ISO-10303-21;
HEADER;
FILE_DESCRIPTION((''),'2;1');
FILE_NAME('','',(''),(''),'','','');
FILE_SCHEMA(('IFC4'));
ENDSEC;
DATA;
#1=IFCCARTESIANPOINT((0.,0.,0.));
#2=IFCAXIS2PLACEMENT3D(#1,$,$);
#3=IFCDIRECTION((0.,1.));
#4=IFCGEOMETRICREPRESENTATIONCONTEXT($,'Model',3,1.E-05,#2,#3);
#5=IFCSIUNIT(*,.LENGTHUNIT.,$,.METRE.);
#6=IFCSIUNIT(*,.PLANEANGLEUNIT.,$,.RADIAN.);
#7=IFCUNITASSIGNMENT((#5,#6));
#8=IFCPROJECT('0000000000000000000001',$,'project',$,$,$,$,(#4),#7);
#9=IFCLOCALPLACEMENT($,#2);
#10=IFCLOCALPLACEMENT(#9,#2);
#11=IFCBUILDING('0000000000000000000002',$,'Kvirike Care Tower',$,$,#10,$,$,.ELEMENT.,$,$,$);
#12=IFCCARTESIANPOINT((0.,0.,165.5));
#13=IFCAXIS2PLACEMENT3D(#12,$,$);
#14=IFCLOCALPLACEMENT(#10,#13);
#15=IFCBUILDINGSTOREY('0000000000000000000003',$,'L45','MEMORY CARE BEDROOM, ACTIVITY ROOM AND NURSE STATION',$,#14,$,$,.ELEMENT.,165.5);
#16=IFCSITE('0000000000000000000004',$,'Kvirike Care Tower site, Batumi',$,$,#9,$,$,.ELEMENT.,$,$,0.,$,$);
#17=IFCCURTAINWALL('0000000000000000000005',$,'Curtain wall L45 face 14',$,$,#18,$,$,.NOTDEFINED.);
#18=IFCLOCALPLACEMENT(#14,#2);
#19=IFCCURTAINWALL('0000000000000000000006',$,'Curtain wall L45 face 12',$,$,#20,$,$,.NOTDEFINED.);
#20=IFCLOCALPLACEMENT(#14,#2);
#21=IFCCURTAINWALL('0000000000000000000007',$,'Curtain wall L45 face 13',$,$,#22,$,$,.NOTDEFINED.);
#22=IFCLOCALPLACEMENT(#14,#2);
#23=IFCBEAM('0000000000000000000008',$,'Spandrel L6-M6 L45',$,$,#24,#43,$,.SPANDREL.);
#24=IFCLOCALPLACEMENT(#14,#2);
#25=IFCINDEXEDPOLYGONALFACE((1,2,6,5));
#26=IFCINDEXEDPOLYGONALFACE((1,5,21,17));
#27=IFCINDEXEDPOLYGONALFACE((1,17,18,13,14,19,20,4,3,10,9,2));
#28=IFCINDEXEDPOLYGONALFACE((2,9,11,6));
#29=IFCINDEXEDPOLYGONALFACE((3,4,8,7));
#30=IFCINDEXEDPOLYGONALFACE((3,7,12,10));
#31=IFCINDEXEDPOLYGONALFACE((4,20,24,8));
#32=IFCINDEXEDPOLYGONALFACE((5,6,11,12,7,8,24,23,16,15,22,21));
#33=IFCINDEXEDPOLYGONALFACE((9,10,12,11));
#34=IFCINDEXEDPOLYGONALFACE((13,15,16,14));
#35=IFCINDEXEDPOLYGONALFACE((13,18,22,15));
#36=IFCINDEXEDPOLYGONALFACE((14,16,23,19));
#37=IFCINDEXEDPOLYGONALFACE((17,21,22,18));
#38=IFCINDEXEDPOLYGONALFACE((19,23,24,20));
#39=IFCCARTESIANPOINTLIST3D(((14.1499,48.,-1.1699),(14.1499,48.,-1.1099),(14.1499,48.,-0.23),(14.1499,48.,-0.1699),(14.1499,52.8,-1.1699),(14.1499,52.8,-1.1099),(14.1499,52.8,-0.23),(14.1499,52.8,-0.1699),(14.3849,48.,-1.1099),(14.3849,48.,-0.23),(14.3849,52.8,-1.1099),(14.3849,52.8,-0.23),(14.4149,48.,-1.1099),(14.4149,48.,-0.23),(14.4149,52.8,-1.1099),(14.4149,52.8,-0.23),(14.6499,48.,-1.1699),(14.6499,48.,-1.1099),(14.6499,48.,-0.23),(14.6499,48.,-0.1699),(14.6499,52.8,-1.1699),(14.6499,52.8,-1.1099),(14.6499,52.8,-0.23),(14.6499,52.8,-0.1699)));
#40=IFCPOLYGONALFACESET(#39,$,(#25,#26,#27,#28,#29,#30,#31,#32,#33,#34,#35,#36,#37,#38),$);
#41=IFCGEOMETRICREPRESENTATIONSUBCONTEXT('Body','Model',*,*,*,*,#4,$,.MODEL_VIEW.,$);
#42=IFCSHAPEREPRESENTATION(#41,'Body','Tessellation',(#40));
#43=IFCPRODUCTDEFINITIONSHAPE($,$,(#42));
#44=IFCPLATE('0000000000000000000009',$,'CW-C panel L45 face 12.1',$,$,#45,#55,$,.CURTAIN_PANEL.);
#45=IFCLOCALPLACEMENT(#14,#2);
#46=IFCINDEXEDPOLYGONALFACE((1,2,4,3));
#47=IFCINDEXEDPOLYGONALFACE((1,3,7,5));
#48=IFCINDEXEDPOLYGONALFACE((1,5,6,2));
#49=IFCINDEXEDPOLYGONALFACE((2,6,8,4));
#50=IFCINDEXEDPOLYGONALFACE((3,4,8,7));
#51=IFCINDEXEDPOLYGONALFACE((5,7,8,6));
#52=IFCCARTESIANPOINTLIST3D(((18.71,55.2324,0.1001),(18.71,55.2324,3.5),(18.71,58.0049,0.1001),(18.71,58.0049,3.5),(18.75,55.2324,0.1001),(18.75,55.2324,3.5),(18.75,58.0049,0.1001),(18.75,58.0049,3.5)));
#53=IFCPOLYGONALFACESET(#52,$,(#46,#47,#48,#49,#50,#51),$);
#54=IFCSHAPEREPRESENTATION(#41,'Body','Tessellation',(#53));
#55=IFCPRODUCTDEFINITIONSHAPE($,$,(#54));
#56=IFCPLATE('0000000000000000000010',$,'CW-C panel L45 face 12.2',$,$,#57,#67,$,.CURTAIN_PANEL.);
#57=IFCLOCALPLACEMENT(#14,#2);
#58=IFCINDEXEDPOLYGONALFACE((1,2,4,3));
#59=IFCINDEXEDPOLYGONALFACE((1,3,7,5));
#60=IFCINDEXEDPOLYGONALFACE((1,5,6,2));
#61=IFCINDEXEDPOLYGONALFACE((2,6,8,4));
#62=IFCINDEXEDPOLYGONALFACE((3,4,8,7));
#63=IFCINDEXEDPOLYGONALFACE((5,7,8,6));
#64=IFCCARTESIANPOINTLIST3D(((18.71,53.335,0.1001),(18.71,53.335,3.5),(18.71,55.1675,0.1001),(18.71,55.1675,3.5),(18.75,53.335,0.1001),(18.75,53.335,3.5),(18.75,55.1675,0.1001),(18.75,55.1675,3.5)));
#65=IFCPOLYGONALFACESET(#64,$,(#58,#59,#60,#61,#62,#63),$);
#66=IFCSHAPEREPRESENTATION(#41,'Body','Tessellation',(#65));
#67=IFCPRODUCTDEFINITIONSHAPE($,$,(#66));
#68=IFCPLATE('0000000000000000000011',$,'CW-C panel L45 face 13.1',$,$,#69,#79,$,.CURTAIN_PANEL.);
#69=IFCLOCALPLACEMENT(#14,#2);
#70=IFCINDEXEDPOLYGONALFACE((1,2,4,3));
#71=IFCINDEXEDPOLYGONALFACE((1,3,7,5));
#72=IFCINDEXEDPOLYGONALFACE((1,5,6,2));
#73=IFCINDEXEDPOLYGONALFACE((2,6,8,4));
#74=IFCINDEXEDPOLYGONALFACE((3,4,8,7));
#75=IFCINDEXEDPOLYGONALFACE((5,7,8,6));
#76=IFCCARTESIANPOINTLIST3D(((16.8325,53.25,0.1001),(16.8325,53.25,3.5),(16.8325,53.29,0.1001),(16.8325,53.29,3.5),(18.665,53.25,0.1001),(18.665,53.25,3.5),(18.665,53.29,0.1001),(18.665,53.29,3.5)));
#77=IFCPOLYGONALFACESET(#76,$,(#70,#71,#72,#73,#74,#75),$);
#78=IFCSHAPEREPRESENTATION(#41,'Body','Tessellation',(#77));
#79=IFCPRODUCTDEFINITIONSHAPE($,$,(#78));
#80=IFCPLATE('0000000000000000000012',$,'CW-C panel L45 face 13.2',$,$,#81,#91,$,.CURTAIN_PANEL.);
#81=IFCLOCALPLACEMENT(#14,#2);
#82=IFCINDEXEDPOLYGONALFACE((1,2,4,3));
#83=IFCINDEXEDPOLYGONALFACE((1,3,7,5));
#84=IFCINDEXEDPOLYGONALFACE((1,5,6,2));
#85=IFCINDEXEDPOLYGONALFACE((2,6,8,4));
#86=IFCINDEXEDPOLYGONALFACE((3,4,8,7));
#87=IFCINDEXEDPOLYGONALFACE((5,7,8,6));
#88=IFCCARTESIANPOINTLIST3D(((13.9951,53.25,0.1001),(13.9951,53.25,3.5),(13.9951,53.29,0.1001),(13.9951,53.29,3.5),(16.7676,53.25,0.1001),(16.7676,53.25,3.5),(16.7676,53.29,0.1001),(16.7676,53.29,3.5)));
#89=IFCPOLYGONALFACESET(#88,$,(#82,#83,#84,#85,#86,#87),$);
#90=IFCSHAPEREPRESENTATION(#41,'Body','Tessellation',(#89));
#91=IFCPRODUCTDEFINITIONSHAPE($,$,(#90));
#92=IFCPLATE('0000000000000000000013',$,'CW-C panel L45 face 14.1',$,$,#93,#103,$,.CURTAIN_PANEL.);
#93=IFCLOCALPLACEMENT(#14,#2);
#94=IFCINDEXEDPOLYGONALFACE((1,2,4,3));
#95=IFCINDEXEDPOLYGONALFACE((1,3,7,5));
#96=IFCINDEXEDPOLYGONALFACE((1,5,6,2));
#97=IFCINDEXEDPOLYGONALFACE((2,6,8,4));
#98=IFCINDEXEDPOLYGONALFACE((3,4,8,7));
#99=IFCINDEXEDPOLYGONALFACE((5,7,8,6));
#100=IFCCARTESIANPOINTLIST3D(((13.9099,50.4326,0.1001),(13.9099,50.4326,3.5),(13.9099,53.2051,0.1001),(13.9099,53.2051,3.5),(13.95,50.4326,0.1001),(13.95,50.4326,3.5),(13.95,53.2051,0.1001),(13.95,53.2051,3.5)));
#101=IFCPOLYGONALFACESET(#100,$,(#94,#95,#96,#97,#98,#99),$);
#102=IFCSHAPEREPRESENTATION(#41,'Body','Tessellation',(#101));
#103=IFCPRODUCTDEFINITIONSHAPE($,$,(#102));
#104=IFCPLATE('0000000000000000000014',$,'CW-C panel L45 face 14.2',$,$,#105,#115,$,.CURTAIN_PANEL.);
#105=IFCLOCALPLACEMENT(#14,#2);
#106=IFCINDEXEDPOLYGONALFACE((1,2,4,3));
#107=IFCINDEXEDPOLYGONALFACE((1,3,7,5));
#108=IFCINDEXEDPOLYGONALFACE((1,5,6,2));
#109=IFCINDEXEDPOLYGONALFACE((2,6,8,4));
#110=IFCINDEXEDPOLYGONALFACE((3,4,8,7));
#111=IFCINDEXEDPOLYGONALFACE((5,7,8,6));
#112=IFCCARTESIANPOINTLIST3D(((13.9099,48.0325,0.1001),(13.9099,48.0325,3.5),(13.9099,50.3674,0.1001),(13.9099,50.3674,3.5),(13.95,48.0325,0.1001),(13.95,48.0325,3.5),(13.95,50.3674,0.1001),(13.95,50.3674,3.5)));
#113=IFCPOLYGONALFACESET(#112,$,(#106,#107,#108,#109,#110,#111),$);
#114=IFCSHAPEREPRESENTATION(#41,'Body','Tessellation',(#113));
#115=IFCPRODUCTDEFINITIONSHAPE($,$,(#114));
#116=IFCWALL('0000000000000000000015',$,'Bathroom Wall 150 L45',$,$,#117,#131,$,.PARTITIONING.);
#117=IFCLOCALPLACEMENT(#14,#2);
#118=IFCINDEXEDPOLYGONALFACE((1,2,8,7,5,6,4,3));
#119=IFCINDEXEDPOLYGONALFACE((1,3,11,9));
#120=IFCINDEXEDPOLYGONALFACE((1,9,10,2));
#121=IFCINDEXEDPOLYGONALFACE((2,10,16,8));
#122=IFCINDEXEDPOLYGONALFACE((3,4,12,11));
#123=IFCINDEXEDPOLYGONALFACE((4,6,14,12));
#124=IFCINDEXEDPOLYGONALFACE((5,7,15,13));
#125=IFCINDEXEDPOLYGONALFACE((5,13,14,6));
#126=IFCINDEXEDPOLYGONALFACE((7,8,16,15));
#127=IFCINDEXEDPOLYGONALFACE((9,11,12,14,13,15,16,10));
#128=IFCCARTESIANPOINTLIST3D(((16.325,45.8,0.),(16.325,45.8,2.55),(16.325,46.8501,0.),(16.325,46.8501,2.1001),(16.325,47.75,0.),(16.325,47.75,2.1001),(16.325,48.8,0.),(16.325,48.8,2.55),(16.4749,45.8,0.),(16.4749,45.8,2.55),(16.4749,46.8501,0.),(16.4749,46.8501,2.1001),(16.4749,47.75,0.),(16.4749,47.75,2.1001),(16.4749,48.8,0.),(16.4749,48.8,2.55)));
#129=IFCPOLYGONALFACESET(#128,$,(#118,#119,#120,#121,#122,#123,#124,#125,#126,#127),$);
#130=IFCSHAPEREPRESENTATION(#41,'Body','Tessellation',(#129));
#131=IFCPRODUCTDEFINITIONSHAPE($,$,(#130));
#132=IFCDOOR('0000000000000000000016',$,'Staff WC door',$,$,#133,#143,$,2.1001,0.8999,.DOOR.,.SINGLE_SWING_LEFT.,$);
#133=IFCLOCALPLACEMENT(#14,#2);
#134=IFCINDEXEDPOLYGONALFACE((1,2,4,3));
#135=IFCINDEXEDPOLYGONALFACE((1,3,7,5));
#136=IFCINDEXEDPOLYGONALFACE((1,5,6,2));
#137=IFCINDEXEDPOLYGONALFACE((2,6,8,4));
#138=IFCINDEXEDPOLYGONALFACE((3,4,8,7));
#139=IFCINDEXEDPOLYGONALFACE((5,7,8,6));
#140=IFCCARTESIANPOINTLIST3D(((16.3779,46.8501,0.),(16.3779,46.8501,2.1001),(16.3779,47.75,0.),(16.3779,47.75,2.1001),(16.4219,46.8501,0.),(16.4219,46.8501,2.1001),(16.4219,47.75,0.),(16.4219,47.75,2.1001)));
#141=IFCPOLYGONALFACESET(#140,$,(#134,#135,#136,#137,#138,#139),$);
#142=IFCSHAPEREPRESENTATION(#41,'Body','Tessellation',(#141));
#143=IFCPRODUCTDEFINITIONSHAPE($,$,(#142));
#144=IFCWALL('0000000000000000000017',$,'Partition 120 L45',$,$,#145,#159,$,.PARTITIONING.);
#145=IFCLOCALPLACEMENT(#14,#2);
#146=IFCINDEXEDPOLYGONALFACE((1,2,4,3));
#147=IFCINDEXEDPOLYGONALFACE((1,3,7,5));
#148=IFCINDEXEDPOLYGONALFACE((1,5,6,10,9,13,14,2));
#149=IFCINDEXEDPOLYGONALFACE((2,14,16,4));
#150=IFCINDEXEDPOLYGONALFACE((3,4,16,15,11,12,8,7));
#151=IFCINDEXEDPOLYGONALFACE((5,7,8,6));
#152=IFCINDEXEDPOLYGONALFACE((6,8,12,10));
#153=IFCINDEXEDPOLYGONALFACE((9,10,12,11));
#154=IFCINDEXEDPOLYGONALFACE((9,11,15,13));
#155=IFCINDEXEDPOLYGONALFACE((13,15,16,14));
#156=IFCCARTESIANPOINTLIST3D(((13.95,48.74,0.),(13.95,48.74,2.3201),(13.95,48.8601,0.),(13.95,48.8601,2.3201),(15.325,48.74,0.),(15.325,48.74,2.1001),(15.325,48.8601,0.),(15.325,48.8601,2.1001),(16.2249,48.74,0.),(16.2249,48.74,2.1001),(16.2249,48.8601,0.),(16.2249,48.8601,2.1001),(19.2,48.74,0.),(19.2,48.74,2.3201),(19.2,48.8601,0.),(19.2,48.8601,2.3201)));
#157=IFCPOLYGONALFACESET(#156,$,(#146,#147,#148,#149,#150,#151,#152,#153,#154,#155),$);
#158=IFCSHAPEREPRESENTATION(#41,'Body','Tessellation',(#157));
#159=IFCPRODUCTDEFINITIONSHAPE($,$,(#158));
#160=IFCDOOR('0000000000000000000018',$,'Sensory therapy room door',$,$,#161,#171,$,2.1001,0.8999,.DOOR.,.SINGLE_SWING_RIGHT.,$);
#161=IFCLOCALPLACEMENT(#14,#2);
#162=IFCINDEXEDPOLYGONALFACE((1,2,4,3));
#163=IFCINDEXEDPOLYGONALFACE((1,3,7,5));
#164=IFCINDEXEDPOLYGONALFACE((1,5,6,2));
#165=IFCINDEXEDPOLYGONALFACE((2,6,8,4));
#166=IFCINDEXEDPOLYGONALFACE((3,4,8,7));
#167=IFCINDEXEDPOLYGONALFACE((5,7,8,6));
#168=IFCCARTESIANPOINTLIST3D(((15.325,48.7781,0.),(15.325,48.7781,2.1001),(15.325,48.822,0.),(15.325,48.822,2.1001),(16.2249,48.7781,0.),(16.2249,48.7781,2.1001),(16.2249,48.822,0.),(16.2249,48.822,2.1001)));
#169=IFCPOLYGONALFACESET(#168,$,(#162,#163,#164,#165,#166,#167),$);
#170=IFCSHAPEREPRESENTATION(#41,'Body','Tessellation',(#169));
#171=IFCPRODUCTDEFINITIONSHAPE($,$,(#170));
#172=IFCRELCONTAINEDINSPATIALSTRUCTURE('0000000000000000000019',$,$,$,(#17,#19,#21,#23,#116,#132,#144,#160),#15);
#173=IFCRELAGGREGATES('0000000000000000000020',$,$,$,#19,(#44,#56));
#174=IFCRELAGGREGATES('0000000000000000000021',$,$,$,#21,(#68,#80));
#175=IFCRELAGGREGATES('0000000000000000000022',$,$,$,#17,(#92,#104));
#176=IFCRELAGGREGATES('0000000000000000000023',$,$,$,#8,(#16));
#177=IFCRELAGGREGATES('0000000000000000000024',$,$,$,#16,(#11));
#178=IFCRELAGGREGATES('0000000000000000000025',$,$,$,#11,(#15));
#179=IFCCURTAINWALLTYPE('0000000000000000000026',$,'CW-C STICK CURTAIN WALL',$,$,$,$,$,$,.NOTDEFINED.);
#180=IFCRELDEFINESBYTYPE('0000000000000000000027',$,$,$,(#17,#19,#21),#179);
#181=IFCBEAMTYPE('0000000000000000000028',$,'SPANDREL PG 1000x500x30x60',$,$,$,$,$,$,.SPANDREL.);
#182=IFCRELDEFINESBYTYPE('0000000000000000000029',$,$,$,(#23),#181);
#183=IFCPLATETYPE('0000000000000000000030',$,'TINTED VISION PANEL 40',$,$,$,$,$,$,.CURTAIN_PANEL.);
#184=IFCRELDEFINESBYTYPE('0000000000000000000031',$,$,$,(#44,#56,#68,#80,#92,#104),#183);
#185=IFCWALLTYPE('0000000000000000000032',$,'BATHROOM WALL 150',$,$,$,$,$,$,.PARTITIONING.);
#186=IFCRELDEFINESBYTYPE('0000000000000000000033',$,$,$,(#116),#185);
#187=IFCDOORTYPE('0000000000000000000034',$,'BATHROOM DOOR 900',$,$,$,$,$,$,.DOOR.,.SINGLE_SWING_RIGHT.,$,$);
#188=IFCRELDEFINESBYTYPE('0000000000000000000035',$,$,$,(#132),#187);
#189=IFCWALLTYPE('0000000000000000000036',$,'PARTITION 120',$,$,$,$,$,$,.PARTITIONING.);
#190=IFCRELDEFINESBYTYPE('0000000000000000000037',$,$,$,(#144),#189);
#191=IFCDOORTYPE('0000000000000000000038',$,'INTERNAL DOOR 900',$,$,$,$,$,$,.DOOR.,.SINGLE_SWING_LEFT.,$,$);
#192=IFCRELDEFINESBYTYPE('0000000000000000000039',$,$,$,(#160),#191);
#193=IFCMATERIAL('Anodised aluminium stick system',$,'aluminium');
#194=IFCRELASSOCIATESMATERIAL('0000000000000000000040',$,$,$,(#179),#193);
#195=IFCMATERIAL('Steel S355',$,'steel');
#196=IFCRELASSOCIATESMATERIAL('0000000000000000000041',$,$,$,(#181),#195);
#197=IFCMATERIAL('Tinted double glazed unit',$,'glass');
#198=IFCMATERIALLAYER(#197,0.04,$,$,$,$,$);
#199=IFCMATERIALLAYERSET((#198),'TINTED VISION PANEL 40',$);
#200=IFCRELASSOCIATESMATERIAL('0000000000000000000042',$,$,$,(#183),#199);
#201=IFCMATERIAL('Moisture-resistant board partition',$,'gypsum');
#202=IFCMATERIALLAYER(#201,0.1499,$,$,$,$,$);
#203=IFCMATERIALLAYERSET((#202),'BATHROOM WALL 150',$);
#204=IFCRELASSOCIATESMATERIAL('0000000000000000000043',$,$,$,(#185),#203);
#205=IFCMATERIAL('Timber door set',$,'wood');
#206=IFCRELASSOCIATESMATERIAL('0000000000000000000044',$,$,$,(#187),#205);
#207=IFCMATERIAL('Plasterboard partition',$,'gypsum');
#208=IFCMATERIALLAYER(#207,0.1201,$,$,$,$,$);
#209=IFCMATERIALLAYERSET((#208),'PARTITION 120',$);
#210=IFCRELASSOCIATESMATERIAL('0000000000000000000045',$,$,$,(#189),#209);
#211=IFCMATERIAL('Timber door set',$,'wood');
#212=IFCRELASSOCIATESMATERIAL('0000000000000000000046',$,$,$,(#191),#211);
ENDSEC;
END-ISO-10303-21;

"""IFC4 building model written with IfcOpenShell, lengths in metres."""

from ifc_helpers import new_model, si_unit, direction, frame, frame_2d, origin, origin_2d, place, context, subcontext, project, spatial, rectangle, i_section, extrude, material, layer, layer_set, material_profile, profile_set, type_object, element, fill, aggregate, save


model = new_model("IFC4")

# Units and contexts
model_context = context("Model", 3, precision=1e-05, world=origin(), true_north=direction((0.0, 1.0)))
body_context = subcontext(model_context, "Body", "Model", "MODEL_VIEW")
ifc_project = project(units=[si_unit("LENGTHUNIT", "METRE"), si_unit("PLANEANGLEUNIT", "RADIAN")], contexts=[model_context])

# Site, building, storey
site_placement = place(None, origin())
site = spatial("IfcSite", under=ifc_project, at=site_placement, Name="Kvirike Care Tower site, Batumi", CompositionType="ELEMENT", RefElevation=0.0)
building_placement = place(site_placement, origin())
building = spatial("IfcBuilding", under=site, at=building_placement, Name="Kvirike Care Tower", CompositionType="ELEMENT")
storey_placement = place(building_placement, frame((0.0, 0.0, 165.5)))
storey = spatial("IfcBuildingStorey", under=building, at=storey_placement, Name="L45", Description="MEMORY CARE BEDROOM, ACTIVITY ROOM AND NURSE STATION", CompositionType="ELEMENT", Elevation=165.5)

# Curtain wall
ifc_material_1 = material(Name="Anodised aluminium stick system", Category="aluminium")
curtain_wall_type = type_object("IfcCurtainWallType", Name="CW-C STICK CURTAIN WALL", PredefinedType="NOTDEFINED", material=ifc_material_1)
curtain_wall_1_placement = place(storey_placement, origin())
curtain_wall_1 = element("IfcCurtainWall", 1, at=curtain_wall_1_placement, inside=storey, type_object=curtain_wall_type, Name="Curtain wall L45 face 14", PredefinedType="NOTDEFINED")

# Curtain walls
curtain_wall_2_placement = place(storey_placement, origin())
curtain_wall_2 = element("IfcCurtainWall", 2, at=curtain_wall_2_placement, inside=storey, type_object=curtain_wall_type, Name="Curtain wall L45 face 12", PredefinedType="NOTDEFINED")
curtain_wall_3_placement = place(storey_placement, origin())
curtain_wall_3 = element("IfcCurtainWall", 3, at=curtain_wall_3_placement, inside=storey, type_object=curtain_wall_type, Name="Curtain wall L45 face 13", PredefinedType="NOTDEFINED")

# Beam
ifc_material_2 = material(Name="Steel S355", Category="steel")
ifc_material_profile_1 = material_profile(ifc_material_2, i_section(OverallWidth=0.5, OverallDepth=1.0, WebThickness=0.03, FlangeThickness=0.0601, at=origin_2d()), Name="PG 1000x500x30x60")
ifc_profile_set_1 = profile_set([ifc_material_profile_1], Name="Steel S355")
beam_type_1 = type_object("IfcBeamType", Name="SPANDREL PG 1000x500x30x60", PredefinedType="SPANDREL", material=ifc_profile_set_1)
for number, where, z_axis, x_axis, name in (
    (4, (14.3999, 48.0, -0.6699), (0.0, 1.0, 0.0), (-1.0, 0.0, 0.0), "Spandrel L6-M6 L45"),
):
    element("IfcBeam", number, at=place(storey_placement, frame(where, z_axis=z_axis, x_axis=x_axis)), inside=storey, type_object=beam_type_1, Name=name, PredefinedType="SPANDREL", context=body_context, shape_type="SweptSolid", body=[
        extrude(i_section(OverallWidth=0.5, OverallDepth=1.0, WebThickness=0.03, FlangeThickness=0.0601, at=origin_2d()), origin(), (0.0, 0.0, 1.0), 4.8),
    ])

# Plates
ifc_material_3 = material(Name="Tinted double glazed unit", Category="glass")
ifc_layer_1 = layer(ifc_material_3, 0.04)
ifc_layer_set_1 = layer_set([ifc_layer_1], Name="TINTED VISION PANEL 40")
plate_type = type_object("IfcPlateType", Name="TINTED VISION PANEL 40", PredefinedType="CURTAIN_PANEL", material=ifc_layer_set_1)
plate_1_placement = place(storey_placement, frame((18.73, 56.6187, 0.1001), z_axis=(0.0, 0.0, 1.0), x_axis=(0.0, -1.0, 0.0)))
plate_1 = element("IfcPlate", 5, at=plate_1_placement, type_object=plate_type, Name="CW-C panel L45 face 12.1", PredefinedType="CURTAIN_PANEL", context=body_context, shape_type="SweptSolid", body=[
    extrude(rectangle(XDim=2.7725, YDim=0.04, at=origin_2d()), origin(), (0.0, 0.0, 1.0), 3.3999),
])
plate_2_placement = place(storey_placement, frame((18.73, 54.2512, 0.1001), z_axis=(0.0, 0.0, 1.0), x_axis=(0.0, -1.0, 0.0)))
plate_2 = element("IfcPlate", 6, at=plate_2_placement, type_object=plate_type, Name="CW-C panel L45 face 12.2", PredefinedType="CURTAIN_PANEL", context=body_context, shape_type="SweptSolid", body=[
    extrude(rectangle(XDim=1.8325, YDim=0.04, at=origin_2d()), origin(), (0.0, 0.0, 1.0), 3.3999),
])
aggregate(curtain_wall_2, [plate_1, plate_2])
plate_3_placement = place(storey_placement, frame((17.7488, 53.27, 0.1001), z_axis=(0.0, 0.0, 1.0), x_axis=(-1.0, 0.0, 0.0)))
plate_3 = element("IfcPlate", 7, at=plate_3_placement, type_object=plate_type, Name="CW-C panel L45 face 13.1", PredefinedType="CURTAIN_PANEL", context=body_context, shape_type="SweptSolid", body=[
    extrude(rectangle(XDim=1.8325, YDim=0.04, at=origin_2d()), origin(), (0.0, 0.0, 1.0), 3.3999),
])
plate_4_placement = place(storey_placement, frame((15.3813, 53.27, 0.1001), z_axis=(0.0, 0.0, 1.0), x_axis=(-1.0, 0.0, 0.0)))
plate_4 = element("IfcPlate", 8, at=plate_4_placement, type_object=plate_type, Name="CW-C panel L45 face 13.2", PredefinedType="CURTAIN_PANEL", context=body_context, shape_type="SweptSolid", body=[
    extrude(rectangle(XDim=2.7725, YDim=0.04, at=origin_2d()), origin(), (0.0, 0.0, 1.0), 3.3999),
])
aggregate(curtain_wall_3, [plate_3, plate_4])
plate_5_placement = place(storey_placement, frame((13.9299, 51.8188, 0.1001), z_axis=(0.0, 0.0, 1.0), x_axis=(0.0, -1.0, 0.0)))
plate_5 = element("IfcPlate", 9, at=plate_5_placement, type_object=plate_type, Name="CW-C panel L45 face 14.1", PredefinedType="CURTAIN_PANEL", context=body_context, shape_type="SweptSolid", body=[
    extrude(rectangle(XDim=2.7725, YDim=0.04, at=origin_2d()), origin(), (0.0, 0.0, 1.0), 3.3999),
])
plate_6_placement = place(storey_placement, frame((13.9299, 49.2, 0.1001), z_axis=(0.0, 0.0, 1.0), x_axis=(0.0, -1.0, 0.0)))
plate_6 = element("IfcPlate", 10, at=plate_6_placement, type_object=plate_type, Name="CW-C panel L45 face 14.2", PredefinedType="CURTAIN_PANEL", context=body_context, shape_type="SweptSolid", body=[
    extrude(rectangle(XDim=2.335, YDim=0.04, at=origin_2d()), origin(), (0.0, 0.0, 1.0), 3.3999),
])
aggregate(curtain_wall_1, [plate_5, plate_6])

# Walls, openings, doors
ifc_material_4 = material(Name="Moisture-resistant board partition", Category="gypsum")
ifc_layer_2 = layer(ifc_material_4, 0.1499)
ifc_layer_set_2 = layer_set([ifc_layer_2], Name="BATHROOM WALL 150")
wall_type_1 = type_object("IfcWallType", Name="BATHROOM WALL 150", PredefinedType="PARTITIONING", material=ifc_layer_set_2)
wall_1_placement = place(storey_placement, frame((16.3999, 48.8, 0.0), z_axis=(0.0, 0.0, 1.0), x_axis=(0.0, -1.0, 0.0)))
wall_1 = element("IfcWall", 11, at=wall_1_placement, inside=storey, type_object=wall_type_1, Name="Bathroom Wall 150 L45", PredefinedType="PARTITIONING", context=body_context, shape_type="SweptSolid", body=[
    extrude(rectangle(XDim=3.0, YDim=0.1499, at=frame_2d((1.5, 0.0))), origin(), (0.0, 0.0, 1.0), 2.55),
])
opening_1_placement = place(wall_1_placement, frame((1.05, 0.0, 0.0)))
opening_1 = element("IfcOpeningElement", 12, at=opening_1_placement, cuts=wall_1, PredefinedType="OPENING", context=body_context, shape_type="SweptSolid", body=[
    extrude(rectangle(XDim=0.8999, YDim=2.1001, at=frame_2d((0.45, 1.05))), frame((0.0, 0.0854, 0.0), z_axis=(0.0, -1.0, 0.0), x_axis=(1.0, 0.0, 0.0)), (0.0, 0.0, 1.0), 0.1709),
])
ifc_material_5 = material(Name="Timber door set", Category="wood")
door_type_1 = type_object("IfcDoorType", Name="BATHROOM DOOR 900", OperationType="SINGLE_SWING_RIGHT", PredefinedType="DOOR", material=ifc_material_5)
door_1_placement = place(opening_1_placement, frame((0.8999, 0.0, 0.0), z_axis=(0.0, 0.0, 1.0), x_axis=(-1.0, 0.0, 0.0)))
door_1 = element("IfcDoor", 13, at=door_1_placement, inside=storey, type_object=door_type_1, Name="Staff WC door", OperationType="SINGLE_SWING_LEFT", OverallHeight=2.1001, OverallWidth=0.8999, PredefinedType="DOOR", context=body_context, shape_type="SweptSolid", body=[
    extrude(rectangle(XDim=0.8999, YDim=2.1001, at=frame_2d((0.45, 1.05))), frame((0.0, 0.022, 0.0), z_axis=(0.0, -1.0, 0.0), x_axis=(1.0, 0.0, 0.0)), (0.0, 0.0, 1.0), 0.0439),
])
fill(opening_1, door_1)
ifc_material_6 = material(Name="Plasterboard partition", Category="gypsum")
ifc_layer_3 = layer(ifc_material_6, 0.1201)
ifc_layer_set_3 = layer_set([ifc_layer_3], Name="PARTITION 120")
wall_type_2 = type_object("IfcWallType", Name="PARTITION 120", PredefinedType="PARTITIONING", material=ifc_layer_set_3)
wall_2_placement = place(storey_placement, frame((19.2, 48.8, 0.0), z_axis=(0.0, 0.0, 1.0), x_axis=(-1.0, 0.0, 0.0)))
wall_2 = element("IfcWall", 14, at=wall_2_placement, inside=storey, type_object=wall_type_2, Name="Partition 120 L45", PredefinedType="PARTITIONING", context=body_context, shape_type="SweptSolid", body=[
    extrude(rectangle(XDim=5.25, YDim=0.1201, at=frame_2d((2.625, 0.0))), origin(), (0.0, 0.0, 1.0), 2.3201),
])
opening_2_placement = place(wall_2_placement, frame((2.9751, 0.0, 0.0)))
opening_2 = element("IfcOpeningElement", 15, at=opening_2_placement, cuts=wall_2, PredefinedType="OPENING", context=body_context, shape_type="SweptSolid", body=[
    extrude(rectangle(XDim=0.8999, YDim=2.1001, at=frame_2d((0.45, 1.05))), frame((0.0, 0.0706, 0.0), z_axis=(0.0, -1.0, 0.0), x_axis=(1.0, 0.0, 0.0)), (0.0, 0.0, 1.0), 0.1411),
])
ifc_material_7 = material(Name="Timber door set", Category="wood")
door_type_2 = type_object("IfcDoorType", Name="INTERNAL DOOR 900", OperationType="SINGLE_SWING_LEFT", PredefinedType="DOOR", material=ifc_material_7)
door_2_placement = place(opening_2_placement, origin())
door_2 = element("IfcDoor", 16, at=door_2_placement, inside=storey, type_object=door_type_2, Name="Sensory therapy room door", OperationType="SINGLE_SWING_RIGHT", OverallHeight=2.1001, OverallWidth=0.8999, PredefinedType="DOOR", context=body_context, shape_type="SweptSolid", body=[
    extrude(rectangle(XDim=0.8999, YDim=2.1001, at=frame_2d((0.45, 1.05))), frame((0.0, 0.022, 0.0), z_axis=(0.0, -1.0, 0.0), x_axis=(1.0, 0.0, 0.0)), (0.0, 0.0, 1.0), 0.0439),
])
fill(opening_2, door_2)

save(model, "model.ifc")
